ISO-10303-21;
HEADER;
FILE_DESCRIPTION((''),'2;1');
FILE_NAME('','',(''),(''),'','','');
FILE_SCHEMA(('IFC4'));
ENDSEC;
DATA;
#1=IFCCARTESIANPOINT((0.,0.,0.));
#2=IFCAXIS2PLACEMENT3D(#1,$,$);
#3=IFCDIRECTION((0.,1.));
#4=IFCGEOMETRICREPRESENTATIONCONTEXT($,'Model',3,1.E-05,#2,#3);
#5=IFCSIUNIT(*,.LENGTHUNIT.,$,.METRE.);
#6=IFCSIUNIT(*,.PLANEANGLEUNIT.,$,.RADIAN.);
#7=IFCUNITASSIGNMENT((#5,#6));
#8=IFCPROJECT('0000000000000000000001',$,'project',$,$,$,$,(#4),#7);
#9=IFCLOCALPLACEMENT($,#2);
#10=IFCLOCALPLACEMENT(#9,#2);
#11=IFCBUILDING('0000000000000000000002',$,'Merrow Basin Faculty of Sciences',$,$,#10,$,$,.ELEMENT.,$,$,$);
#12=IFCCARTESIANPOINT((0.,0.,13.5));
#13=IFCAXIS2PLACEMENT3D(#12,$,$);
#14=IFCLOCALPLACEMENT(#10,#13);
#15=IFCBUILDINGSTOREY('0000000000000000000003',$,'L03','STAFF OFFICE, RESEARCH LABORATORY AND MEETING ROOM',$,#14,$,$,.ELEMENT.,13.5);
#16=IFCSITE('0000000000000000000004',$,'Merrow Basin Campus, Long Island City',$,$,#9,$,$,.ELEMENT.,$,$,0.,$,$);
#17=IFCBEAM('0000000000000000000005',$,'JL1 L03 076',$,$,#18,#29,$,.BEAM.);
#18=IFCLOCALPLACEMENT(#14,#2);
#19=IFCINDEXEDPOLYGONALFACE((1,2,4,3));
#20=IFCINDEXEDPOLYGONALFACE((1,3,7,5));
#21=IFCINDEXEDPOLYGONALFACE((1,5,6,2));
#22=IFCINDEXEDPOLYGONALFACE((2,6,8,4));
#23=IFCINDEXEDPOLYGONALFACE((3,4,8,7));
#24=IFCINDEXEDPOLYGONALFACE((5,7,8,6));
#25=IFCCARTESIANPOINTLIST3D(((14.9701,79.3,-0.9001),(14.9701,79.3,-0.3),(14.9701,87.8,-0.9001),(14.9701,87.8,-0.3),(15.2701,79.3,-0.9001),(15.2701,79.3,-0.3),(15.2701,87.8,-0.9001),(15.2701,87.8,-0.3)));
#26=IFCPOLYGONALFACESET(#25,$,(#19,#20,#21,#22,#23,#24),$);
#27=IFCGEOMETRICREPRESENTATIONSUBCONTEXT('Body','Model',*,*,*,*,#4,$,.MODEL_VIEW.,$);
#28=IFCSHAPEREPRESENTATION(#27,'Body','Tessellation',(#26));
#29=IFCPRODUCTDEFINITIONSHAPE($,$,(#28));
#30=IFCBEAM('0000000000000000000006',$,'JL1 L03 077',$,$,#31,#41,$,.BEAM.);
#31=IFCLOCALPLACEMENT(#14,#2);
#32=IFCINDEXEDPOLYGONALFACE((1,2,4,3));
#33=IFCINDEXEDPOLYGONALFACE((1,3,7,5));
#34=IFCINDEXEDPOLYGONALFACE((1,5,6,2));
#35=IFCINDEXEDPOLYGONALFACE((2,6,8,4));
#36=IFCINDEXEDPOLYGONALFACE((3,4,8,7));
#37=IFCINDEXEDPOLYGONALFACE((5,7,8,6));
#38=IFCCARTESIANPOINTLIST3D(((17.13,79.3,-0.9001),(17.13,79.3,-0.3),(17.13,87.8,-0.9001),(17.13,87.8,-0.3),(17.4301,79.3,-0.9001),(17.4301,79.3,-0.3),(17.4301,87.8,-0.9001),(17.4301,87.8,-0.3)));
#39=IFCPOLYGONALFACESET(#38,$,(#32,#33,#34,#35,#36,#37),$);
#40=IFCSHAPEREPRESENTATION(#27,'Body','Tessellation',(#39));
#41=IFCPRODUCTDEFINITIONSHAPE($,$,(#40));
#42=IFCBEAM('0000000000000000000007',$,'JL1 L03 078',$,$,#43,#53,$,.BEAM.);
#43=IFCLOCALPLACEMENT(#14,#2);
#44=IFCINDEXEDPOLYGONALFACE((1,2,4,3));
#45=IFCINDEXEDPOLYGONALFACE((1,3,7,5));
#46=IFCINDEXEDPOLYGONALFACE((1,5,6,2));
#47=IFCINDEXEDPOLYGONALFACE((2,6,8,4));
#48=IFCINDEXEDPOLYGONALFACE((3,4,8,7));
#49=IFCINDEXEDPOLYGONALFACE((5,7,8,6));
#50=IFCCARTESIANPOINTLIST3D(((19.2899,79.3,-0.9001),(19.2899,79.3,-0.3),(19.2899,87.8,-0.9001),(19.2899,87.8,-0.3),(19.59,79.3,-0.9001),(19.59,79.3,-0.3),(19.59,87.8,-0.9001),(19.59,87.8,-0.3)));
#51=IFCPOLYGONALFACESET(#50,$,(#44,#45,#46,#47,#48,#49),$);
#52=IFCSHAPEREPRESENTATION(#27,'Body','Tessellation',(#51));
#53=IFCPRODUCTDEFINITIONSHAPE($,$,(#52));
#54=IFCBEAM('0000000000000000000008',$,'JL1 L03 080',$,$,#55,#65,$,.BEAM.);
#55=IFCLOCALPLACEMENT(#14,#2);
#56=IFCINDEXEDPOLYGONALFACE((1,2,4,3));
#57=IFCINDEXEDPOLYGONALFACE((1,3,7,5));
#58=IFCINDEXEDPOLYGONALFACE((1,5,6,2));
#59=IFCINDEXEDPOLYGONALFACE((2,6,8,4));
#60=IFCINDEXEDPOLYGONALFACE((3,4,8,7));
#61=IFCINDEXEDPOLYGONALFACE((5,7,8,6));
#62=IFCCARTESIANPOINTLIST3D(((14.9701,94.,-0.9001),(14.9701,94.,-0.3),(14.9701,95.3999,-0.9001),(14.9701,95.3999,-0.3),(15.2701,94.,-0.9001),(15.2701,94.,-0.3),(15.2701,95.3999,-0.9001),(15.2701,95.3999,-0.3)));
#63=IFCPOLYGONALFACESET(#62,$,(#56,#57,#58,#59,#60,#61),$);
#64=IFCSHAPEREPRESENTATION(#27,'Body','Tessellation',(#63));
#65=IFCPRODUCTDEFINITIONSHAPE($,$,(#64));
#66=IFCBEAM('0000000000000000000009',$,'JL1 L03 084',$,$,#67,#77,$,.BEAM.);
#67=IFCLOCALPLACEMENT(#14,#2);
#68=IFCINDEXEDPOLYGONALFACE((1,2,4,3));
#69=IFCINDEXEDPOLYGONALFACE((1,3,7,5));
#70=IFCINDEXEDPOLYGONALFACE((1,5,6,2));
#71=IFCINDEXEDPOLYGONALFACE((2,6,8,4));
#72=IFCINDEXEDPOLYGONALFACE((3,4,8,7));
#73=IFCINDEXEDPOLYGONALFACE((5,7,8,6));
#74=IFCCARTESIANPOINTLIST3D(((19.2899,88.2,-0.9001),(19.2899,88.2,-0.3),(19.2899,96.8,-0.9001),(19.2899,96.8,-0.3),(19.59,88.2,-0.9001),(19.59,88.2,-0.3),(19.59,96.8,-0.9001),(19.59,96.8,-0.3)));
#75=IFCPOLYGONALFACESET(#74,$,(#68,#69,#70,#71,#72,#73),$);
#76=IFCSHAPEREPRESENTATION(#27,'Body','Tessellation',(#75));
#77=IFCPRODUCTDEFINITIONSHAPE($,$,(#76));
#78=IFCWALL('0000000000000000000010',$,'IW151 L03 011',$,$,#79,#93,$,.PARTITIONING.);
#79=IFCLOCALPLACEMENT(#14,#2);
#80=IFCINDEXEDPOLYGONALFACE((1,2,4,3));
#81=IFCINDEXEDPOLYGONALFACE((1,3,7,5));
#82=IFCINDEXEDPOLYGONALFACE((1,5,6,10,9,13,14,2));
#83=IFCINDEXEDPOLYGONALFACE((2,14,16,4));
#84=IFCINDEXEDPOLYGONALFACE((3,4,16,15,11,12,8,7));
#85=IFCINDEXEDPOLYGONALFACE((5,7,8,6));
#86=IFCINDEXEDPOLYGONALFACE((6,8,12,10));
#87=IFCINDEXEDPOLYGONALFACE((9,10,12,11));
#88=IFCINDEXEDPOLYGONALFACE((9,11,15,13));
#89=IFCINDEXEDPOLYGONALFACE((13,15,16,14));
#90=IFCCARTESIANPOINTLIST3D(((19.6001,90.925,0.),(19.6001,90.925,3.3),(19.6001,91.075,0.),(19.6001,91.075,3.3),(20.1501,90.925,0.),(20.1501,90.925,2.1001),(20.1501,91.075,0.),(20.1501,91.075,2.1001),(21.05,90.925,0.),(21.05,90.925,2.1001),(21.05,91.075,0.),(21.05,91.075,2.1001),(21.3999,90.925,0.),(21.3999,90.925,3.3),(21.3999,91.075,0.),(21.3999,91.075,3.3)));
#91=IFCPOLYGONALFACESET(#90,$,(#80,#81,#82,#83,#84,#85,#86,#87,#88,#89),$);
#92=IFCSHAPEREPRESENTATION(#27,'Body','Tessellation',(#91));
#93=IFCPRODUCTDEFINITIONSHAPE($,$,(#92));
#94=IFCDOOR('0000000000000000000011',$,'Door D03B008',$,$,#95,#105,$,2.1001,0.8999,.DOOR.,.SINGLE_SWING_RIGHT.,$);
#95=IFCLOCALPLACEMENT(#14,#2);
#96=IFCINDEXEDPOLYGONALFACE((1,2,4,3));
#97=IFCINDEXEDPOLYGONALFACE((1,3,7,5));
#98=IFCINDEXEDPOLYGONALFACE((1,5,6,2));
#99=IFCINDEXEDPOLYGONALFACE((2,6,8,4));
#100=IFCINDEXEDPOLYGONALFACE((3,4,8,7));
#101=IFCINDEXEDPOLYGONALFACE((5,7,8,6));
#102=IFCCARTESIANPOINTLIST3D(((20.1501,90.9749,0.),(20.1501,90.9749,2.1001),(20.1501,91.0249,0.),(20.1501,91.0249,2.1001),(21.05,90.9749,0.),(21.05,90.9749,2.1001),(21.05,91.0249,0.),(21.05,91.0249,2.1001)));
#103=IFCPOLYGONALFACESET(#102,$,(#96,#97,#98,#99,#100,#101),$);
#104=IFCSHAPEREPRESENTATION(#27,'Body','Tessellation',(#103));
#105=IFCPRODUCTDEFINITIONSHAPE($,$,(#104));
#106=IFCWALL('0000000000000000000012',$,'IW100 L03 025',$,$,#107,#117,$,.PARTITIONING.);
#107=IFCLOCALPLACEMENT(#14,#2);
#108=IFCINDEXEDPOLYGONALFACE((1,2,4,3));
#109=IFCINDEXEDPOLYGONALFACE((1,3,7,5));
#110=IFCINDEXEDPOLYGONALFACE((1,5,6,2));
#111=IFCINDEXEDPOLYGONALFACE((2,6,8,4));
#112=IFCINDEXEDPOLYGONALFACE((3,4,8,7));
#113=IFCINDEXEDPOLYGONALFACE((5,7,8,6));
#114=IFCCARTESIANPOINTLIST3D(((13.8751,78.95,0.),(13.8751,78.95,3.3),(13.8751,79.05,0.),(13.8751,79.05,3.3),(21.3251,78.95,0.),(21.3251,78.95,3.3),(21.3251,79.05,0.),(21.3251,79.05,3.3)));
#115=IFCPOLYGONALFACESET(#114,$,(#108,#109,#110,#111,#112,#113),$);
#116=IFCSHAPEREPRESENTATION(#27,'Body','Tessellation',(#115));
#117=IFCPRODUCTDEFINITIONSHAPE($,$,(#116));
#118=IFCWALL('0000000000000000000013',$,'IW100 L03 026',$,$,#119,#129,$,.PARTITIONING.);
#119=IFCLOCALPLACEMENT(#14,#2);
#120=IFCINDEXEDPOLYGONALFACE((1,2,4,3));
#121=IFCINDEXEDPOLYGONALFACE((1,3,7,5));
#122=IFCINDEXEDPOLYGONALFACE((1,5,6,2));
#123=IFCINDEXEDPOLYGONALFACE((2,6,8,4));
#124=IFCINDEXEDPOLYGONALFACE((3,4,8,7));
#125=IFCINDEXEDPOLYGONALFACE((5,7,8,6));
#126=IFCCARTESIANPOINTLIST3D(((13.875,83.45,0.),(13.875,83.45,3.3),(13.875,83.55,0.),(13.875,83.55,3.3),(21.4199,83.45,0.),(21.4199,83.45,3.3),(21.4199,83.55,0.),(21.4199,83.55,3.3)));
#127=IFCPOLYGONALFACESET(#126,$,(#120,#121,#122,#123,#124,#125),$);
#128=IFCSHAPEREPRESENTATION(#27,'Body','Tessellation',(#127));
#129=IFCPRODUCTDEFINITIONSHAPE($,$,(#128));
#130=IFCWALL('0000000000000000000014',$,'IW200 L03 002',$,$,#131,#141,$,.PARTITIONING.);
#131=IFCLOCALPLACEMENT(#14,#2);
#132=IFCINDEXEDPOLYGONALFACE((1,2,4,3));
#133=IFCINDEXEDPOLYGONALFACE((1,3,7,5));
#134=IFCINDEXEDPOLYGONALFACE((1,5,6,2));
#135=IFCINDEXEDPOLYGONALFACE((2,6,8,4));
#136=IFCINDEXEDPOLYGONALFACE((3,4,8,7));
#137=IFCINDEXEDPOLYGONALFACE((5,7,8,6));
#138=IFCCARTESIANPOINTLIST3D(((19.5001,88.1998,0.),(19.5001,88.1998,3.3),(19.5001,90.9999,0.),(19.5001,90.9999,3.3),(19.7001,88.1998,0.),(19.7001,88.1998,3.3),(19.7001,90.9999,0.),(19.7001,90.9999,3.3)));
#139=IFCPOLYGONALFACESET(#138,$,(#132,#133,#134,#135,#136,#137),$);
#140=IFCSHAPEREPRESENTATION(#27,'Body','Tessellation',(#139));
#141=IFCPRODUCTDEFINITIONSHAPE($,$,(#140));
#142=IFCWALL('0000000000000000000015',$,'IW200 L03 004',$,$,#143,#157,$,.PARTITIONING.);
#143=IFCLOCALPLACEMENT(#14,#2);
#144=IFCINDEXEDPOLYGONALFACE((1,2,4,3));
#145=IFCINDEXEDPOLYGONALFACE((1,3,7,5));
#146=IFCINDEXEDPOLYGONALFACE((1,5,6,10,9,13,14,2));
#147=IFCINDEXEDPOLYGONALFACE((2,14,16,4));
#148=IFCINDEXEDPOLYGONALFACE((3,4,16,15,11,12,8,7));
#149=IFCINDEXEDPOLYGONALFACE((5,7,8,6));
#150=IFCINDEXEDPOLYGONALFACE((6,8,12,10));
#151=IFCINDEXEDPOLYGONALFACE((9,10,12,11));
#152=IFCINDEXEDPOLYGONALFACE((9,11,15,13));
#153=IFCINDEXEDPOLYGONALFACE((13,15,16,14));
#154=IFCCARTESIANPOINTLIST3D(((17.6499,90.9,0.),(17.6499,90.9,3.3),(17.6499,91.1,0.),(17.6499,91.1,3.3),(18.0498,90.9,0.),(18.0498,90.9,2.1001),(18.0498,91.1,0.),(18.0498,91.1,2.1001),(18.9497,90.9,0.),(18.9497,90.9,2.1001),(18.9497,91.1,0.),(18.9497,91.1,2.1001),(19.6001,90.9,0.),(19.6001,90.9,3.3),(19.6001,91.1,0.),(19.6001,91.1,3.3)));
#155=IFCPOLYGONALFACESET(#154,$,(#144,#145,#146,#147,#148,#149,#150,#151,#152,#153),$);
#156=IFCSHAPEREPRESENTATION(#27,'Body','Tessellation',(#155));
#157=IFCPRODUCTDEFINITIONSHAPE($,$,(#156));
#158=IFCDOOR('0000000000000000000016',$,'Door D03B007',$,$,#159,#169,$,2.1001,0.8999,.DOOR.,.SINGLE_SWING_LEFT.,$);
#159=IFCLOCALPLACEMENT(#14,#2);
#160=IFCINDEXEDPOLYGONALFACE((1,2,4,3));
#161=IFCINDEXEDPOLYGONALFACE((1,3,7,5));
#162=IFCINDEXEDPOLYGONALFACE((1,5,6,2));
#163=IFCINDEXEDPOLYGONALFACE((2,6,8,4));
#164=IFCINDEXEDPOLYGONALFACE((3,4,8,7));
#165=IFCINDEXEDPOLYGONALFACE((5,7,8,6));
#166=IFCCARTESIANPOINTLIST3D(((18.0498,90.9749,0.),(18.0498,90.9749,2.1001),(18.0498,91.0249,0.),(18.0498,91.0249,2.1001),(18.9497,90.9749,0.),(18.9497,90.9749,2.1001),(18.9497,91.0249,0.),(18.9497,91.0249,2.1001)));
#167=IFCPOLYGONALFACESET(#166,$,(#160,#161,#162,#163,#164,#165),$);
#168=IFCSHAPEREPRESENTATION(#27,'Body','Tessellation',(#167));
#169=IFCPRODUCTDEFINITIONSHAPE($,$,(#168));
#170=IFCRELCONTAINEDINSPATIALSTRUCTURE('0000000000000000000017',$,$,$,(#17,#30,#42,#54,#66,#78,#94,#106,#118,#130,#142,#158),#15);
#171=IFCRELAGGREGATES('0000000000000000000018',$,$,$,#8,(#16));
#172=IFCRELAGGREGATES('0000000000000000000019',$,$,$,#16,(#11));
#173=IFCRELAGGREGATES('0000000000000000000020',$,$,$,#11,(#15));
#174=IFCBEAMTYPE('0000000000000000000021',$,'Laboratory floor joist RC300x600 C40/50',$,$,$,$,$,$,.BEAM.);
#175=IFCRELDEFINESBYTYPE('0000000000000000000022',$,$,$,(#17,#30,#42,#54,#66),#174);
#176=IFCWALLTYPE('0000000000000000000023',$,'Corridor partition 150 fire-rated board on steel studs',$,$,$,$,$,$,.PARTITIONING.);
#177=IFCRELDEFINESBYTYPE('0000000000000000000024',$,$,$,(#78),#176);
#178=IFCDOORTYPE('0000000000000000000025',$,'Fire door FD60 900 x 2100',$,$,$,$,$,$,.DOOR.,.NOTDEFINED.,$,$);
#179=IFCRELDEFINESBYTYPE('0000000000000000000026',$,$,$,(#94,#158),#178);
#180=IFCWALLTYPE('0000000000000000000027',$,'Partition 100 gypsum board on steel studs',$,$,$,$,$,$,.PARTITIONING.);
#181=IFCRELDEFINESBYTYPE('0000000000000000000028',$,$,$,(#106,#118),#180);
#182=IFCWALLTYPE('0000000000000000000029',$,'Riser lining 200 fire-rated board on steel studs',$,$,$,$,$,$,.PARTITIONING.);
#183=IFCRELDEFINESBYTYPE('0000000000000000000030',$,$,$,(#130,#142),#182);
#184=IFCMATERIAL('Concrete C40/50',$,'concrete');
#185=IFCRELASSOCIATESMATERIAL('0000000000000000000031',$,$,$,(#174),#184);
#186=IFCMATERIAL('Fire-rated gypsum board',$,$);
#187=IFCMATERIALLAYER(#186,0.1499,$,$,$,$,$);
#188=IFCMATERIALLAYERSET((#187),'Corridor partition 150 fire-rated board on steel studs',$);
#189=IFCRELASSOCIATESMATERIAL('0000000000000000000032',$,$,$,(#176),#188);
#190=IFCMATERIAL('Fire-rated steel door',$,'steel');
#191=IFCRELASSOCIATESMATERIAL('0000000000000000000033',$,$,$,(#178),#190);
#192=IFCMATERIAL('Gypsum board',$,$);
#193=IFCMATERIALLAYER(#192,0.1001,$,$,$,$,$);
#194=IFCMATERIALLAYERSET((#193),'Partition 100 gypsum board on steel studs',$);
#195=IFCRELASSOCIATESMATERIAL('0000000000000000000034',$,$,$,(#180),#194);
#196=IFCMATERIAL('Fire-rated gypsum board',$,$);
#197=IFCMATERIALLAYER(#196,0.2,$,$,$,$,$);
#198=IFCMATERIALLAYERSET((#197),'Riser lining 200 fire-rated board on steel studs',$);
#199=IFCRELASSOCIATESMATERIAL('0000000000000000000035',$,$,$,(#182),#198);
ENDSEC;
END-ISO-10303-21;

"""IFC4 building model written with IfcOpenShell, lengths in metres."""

from ifc_helpers import new_model, si_unit, direction, frame, frame_2d, origin, origin_2d, place, context, subcontext, project, spatial, rectangle, extrude, material, layer, layer_set, material_profile, profile_set, type_object, element, fill, save


model = new_model("IFC4")

# Units and contexts
model_context = context("Model", 3, precision=1e-05, world=origin(), true_north=direction((0.0, 1.0)))
body_context = subcontext(model_context, "Body", "Model", "MODEL_VIEW")
ifc_project = project(units=[si_unit("LENGTHUNIT", "METRE"), si_unit("PLANEANGLEUNIT", "RADIAN")], contexts=[model_context])

# Site, building, storey
site_placement = place(None, origin())
site = spatial("IfcSite", under=ifc_project, at=site_placement, Name="Merrow Basin Campus, Long Island City", CompositionType="ELEMENT", RefElevation=0.0)
building_placement = place(site_placement, origin())
building = spatial("IfcBuilding", under=site, at=building_placement, Name="Merrow Basin Faculty of Sciences", CompositionType="ELEMENT")
storey_placement = place(building_placement, frame((0.0, 0.0, 13.5)))
storey = spatial("IfcBuildingStorey", under=building, at=storey_placement, Name="L03", Description="STAFF OFFICE, RESEARCH LABORATORY AND MEETING ROOM", CompositionType="ELEMENT", Elevation=13.5)

# Beams
ifc_material_1 = material(Name="Concrete C40/50", Category="concrete")
ifc_material_profile = material_profile(ifc_material_1, rectangle(XDim=0.3, YDim=0.6001, at=origin_2d()))
ifc_profile_set = profile_set([ifc_material_profile], Name="Concrete C40/50")
beam_type = type_object("IfcBeamType", Name="Laboratory floor joist RC300x600 C40/50", PredefinedType="BEAM", material=ifc_profile_set)
for number, where, z_axis, x_axis, name in (
    (1, (15.1201, 79.3, -0.6001), (0.0, 1.0, 0.0), (-1.0, 0.0, 0.0), "JL1 L03 076"),
    (2, (17.28, 79.3, -0.6001), (0.0, 1.0, 0.0), (-1.0, 0.0, 0.0), "JL1 L03 077"),
    (3, (19.4399, 79.3, -0.6001), (0.0, 1.0, 0.0), (-1.0, 0.0, 0.0), "JL1 L03 078"),
):
    element("IfcBeam", number, at=place(storey_placement, frame(where, z_axis=z_axis, x_axis=x_axis)), inside=storey, type_object=beam_type, Name=name, PredefinedType="BEAM", context=body_context, shape_type="SweptSolid", body=[
        extrude(rectangle(XDim=0.3, YDim=0.6001, at=origin_2d()), origin(), (0.0, 0.0, 1.0), 8.5),
    ])
beam_1_placement = place(storey_placement, frame((15.1201, 94.0, -0.6001), z_axis=(0.0, 1.0, 0.0), x_axis=(-1.0, 0.0, 0.0)))
element("IfcBeam", 4, at=beam_1_placement, inside=storey, type_object=beam_type, Name="JL1 L03 080", PredefinedType="BEAM", context=body_context, shape_type="SweptSolid", body=[
    extrude(rectangle(XDim=0.3, YDim=0.6001, at=origin_2d()), origin(), (0.0, 0.0, 1.0), 1.3999),
])
beam_2_placement = place(storey_placement, frame((19.4399, 88.2, -0.6001), z_axis=(0.0, 1.0, 0.0), x_axis=(-1.0, 0.0, 0.0)))
element("IfcBeam", 5, at=beam_2_placement, inside=storey, type_object=beam_type, Name="JL1 L03 084", PredefinedType="BEAM", context=body_context, shape_type="SweptSolid", body=[
    extrude(rectangle(XDim=0.3, YDim=0.6001, at=origin_2d()), origin(), (0.0, 0.0, 1.0), 8.6001),
])

# Wall, opening, door
ifc_material_2 = material(Name="Fire-rated gypsum board")
ifc_layer_1 = layer(ifc_material_2, 0.1499)
ifc_layer_set_1 = layer_set([ifc_layer_1], Name="Corridor partition 150 fire-rated board on steel studs")
wall_type_1 = type_object("IfcWallType", Name="Corridor partition 150 fire-rated board on steel studs", PredefinedType="PARTITIONING", material=ifc_layer_set_1)
wall_1_placement = place(storey_placement, frame((19.6001, 91.0, 0.0), z_axis=(0.0, 0.0, 1.0), x_axis=(1.0, 0.0, 0.0)))
wall_1 = element("IfcWall", 6, at=wall_1_placement, inside=storey, type_object=wall_type_1, Name="IW151 L03 011", PredefinedType="PARTITIONING", context=body_context, shape_type="SweptSolid", body=[
    extrude(rectangle(XDim=1.7998, YDim=0.1499, at=frame_2d((0.8999, 0.0))), origin(), (0.0, 0.0, 1.0), 3.3),
])
opening_1_placement = place(wall_1_placement, frame((0.55, 0.0, 0.0)))
opening_1 = element("IfcOpeningElement", 7, at=opening_1_placement, cuts=wall_1, PredefinedType="OPENING", context=body_context, shape_type="SweptSolid", body=[
    extrude(rectangle(XDim=0.8999, YDim=2.1001, at=frame_2d((0.45, 1.05))), frame((0.0, 0.085, 0.0), z_axis=(0.0, -1.0, 0.0), x_axis=(1.0, 0.0, 0.0)), (0.0, 0.0, 1.0), 0.1699),
])
ifc_material_3 = material(Name="Fire-rated steel door", Category="steel")
door_type_1 = type_object("IfcDoorType", Name="Fire door FD60 900 x 2100", OperationType="NOTDEFINED", PredefinedType="DOOR", material=ifc_material_3)
door_1_placement = place(opening_1_placement, origin())
door_1 = element("IfcDoor", 8, at=door_1_placement, inside=storey, type_object=door_type_1, Name="Door D03B008", OperationType="SINGLE_SWING_RIGHT", OverallHeight=2.1001, OverallWidth=0.8999, PredefinedType="DOOR", context=body_context, shape_type="SweptSolid", body=[
    extrude(rectangle(XDim=0.8999, YDim=2.1001, at=frame_2d((0.45, 1.05))), frame((0.0, 0.0249, 0.0), z_axis=(0.0, -1.0, 0.0), x_axis=(1.0, 0.0, 0.0)), (0.0, 0.0, 1.0), 0.05),
])
fill(opening_1, door_1)

# Walls
ifc_material_4 = material(Name="Gypsum board")
ifc_layer_2 = layer(ifc_material_4, 0.1001)
ifc_layer_set_2 = layer_set([ifc_layer_2], Name="Partition 100 gypsum board on steel studs")
wall_type_2 = type_object("IfcWallType", Name="Partition 100 gypsum board on steel studs", PredefinedType="PARTITIONING", material=ifc_layer_set_2)
wall_2_placement = place(storey_placement, frame((13.875, 79.0, 0.0), z_axis=(0.0, 0.0, 1.0), x_axis=(1.0, 0.0, 0.0)))
element("IfcWall", 9, at=wall_2_placement, inside=storey, type_object=wall_type_2, Name="IW100 L03 025", PredefinedType="PARTITIONING", context=body_context, shape_type="SweptSolid", body=[
    extrude(rectangle(XDim=7.45, YDim=0.1001, at=frame_2d((3.7251, 0.0))), origin(), (0.0, 0.0, 1.0), 3.3),
])
wall_3_placement = place(storey_placement, frame((13.875, 83.5, 0.0), z_axis=(0.0, 0.0, 1.0), x_axis=(1.0, 0.0, 0.0)))
element("IfcWall", 10, at=wall_3_placement, inside=storey, type_object=wall_type_2, Name="IW100 L03 026", PredefinedType="PARTITIONING", context=body_context, shape_type="SweptSolid", body=[
    extrude(rectangle(XDim=7.5449, YDim=0.1001, at=frame_2d((3.7725, 0.0))), origin(), (0.0, 0.0, 1.0), 3.3),
])
ifc_material_5 = material(Name="Fire-rated gypsum board")
ifc_layer_3 = layer(ifc_material_5, 0.2)
ifc_layer_set_3 = layer_set([ifc_layer_3], Name="Riser lining 200 fire-rated board on steel studs")
wall_type_3 = type_object("IfcWallType", Name="Riser lining 200 fire-rated board on steel studs", PredefinedType="PARTITIONING", material=ifc_layer_set_3)
wall_4_placement = place(storey_placement, frame((19.6001, 88.2, 0.0), z_axis=(0.0, 0.0, 1.0), x_axis=(0.0, 1.0, 0.0)))
element("IfcWall", 11, at=wall_4_placement, inside=storey, type_object=wall_type_3, Name="IW200 L03 002", PredefinedType="PARTITIONING", context=body_context, shape_type="SweptSolid", body=[
    extrude(rectangle(XDim=2.8, YDim=0.2, at=frame_2d((1.3999, 0.0))), origin(), (0.0, 0.0, 1.0), 3.3),
])

# Wall, opening, door
wall_5_placement = place(storey_placement, frame((17.6499, 91.0, 0.0), z_axis=(0.0, 0.0, 1.0), x_axis=(1.0, 0.0, 0.0)))
wall_5 = element("IfcWall", 12, at=wall_5_placement, inside=storey, type_object=wall_type_3, Name="IW200 L03 004", PredefinedType="PARTITIONING", context=body_context, shape_type="SweptSolid", body=[
    extrude(rectangle(XDim=1.9502, YDim=0.2, at=frame_2d((0.9751, 0.0))), origin(), (0.0, 0.0, 1.0), 3.3),
])
opening_2_placement = place(wall_5_placement, frame((0.3999, 0.0, 0.0)))
opening_2 = element("IfcOpeningElement", 13, at=opening_2_placement, cuts=wall_5, PredefinedType="OPENING", context=body_context, shape_type="SweptSolid", body=[
    extrude(rectangle(XDim=0.8999, YDim=2.1001, at=frame_2d((0.45, 1.05))), frame((0.0, 0.1099, 0.0), z_axis=(0.0, -1.0, 0.0), x_axis=(1.0, 0.0, 0.0)), (0.0, 0.0, 1.0), 0.22),
])
door_2_placement = place(opening_2_placement, origin())
door_2 = element("IfcDoor", 14, at=door_2_placement, inside=storey, type_object=door_type_1, Name="Door D03B007", OperationType="SINGLE_SWING_LEFT", OverallHeight=2.1001, OverallWidth=0.8999, PredefinedType="DOOR", context=body_context, shape_type="SweptSolid", body=[
    extrude(rectangle(XDim=0.8999, YDim=2.1001, at=frame_2d((0.45, 1.05))), frame((0.0, 0.0249, 0.0), z_axis=(0.0, -1.0, 0.0), x_axis=(1.0, 0.0, 0.0)), (0.0, 0.0, 1.0), 0.05),
])
fill(opening_2, door_2)

save(model, "model.ifc")
